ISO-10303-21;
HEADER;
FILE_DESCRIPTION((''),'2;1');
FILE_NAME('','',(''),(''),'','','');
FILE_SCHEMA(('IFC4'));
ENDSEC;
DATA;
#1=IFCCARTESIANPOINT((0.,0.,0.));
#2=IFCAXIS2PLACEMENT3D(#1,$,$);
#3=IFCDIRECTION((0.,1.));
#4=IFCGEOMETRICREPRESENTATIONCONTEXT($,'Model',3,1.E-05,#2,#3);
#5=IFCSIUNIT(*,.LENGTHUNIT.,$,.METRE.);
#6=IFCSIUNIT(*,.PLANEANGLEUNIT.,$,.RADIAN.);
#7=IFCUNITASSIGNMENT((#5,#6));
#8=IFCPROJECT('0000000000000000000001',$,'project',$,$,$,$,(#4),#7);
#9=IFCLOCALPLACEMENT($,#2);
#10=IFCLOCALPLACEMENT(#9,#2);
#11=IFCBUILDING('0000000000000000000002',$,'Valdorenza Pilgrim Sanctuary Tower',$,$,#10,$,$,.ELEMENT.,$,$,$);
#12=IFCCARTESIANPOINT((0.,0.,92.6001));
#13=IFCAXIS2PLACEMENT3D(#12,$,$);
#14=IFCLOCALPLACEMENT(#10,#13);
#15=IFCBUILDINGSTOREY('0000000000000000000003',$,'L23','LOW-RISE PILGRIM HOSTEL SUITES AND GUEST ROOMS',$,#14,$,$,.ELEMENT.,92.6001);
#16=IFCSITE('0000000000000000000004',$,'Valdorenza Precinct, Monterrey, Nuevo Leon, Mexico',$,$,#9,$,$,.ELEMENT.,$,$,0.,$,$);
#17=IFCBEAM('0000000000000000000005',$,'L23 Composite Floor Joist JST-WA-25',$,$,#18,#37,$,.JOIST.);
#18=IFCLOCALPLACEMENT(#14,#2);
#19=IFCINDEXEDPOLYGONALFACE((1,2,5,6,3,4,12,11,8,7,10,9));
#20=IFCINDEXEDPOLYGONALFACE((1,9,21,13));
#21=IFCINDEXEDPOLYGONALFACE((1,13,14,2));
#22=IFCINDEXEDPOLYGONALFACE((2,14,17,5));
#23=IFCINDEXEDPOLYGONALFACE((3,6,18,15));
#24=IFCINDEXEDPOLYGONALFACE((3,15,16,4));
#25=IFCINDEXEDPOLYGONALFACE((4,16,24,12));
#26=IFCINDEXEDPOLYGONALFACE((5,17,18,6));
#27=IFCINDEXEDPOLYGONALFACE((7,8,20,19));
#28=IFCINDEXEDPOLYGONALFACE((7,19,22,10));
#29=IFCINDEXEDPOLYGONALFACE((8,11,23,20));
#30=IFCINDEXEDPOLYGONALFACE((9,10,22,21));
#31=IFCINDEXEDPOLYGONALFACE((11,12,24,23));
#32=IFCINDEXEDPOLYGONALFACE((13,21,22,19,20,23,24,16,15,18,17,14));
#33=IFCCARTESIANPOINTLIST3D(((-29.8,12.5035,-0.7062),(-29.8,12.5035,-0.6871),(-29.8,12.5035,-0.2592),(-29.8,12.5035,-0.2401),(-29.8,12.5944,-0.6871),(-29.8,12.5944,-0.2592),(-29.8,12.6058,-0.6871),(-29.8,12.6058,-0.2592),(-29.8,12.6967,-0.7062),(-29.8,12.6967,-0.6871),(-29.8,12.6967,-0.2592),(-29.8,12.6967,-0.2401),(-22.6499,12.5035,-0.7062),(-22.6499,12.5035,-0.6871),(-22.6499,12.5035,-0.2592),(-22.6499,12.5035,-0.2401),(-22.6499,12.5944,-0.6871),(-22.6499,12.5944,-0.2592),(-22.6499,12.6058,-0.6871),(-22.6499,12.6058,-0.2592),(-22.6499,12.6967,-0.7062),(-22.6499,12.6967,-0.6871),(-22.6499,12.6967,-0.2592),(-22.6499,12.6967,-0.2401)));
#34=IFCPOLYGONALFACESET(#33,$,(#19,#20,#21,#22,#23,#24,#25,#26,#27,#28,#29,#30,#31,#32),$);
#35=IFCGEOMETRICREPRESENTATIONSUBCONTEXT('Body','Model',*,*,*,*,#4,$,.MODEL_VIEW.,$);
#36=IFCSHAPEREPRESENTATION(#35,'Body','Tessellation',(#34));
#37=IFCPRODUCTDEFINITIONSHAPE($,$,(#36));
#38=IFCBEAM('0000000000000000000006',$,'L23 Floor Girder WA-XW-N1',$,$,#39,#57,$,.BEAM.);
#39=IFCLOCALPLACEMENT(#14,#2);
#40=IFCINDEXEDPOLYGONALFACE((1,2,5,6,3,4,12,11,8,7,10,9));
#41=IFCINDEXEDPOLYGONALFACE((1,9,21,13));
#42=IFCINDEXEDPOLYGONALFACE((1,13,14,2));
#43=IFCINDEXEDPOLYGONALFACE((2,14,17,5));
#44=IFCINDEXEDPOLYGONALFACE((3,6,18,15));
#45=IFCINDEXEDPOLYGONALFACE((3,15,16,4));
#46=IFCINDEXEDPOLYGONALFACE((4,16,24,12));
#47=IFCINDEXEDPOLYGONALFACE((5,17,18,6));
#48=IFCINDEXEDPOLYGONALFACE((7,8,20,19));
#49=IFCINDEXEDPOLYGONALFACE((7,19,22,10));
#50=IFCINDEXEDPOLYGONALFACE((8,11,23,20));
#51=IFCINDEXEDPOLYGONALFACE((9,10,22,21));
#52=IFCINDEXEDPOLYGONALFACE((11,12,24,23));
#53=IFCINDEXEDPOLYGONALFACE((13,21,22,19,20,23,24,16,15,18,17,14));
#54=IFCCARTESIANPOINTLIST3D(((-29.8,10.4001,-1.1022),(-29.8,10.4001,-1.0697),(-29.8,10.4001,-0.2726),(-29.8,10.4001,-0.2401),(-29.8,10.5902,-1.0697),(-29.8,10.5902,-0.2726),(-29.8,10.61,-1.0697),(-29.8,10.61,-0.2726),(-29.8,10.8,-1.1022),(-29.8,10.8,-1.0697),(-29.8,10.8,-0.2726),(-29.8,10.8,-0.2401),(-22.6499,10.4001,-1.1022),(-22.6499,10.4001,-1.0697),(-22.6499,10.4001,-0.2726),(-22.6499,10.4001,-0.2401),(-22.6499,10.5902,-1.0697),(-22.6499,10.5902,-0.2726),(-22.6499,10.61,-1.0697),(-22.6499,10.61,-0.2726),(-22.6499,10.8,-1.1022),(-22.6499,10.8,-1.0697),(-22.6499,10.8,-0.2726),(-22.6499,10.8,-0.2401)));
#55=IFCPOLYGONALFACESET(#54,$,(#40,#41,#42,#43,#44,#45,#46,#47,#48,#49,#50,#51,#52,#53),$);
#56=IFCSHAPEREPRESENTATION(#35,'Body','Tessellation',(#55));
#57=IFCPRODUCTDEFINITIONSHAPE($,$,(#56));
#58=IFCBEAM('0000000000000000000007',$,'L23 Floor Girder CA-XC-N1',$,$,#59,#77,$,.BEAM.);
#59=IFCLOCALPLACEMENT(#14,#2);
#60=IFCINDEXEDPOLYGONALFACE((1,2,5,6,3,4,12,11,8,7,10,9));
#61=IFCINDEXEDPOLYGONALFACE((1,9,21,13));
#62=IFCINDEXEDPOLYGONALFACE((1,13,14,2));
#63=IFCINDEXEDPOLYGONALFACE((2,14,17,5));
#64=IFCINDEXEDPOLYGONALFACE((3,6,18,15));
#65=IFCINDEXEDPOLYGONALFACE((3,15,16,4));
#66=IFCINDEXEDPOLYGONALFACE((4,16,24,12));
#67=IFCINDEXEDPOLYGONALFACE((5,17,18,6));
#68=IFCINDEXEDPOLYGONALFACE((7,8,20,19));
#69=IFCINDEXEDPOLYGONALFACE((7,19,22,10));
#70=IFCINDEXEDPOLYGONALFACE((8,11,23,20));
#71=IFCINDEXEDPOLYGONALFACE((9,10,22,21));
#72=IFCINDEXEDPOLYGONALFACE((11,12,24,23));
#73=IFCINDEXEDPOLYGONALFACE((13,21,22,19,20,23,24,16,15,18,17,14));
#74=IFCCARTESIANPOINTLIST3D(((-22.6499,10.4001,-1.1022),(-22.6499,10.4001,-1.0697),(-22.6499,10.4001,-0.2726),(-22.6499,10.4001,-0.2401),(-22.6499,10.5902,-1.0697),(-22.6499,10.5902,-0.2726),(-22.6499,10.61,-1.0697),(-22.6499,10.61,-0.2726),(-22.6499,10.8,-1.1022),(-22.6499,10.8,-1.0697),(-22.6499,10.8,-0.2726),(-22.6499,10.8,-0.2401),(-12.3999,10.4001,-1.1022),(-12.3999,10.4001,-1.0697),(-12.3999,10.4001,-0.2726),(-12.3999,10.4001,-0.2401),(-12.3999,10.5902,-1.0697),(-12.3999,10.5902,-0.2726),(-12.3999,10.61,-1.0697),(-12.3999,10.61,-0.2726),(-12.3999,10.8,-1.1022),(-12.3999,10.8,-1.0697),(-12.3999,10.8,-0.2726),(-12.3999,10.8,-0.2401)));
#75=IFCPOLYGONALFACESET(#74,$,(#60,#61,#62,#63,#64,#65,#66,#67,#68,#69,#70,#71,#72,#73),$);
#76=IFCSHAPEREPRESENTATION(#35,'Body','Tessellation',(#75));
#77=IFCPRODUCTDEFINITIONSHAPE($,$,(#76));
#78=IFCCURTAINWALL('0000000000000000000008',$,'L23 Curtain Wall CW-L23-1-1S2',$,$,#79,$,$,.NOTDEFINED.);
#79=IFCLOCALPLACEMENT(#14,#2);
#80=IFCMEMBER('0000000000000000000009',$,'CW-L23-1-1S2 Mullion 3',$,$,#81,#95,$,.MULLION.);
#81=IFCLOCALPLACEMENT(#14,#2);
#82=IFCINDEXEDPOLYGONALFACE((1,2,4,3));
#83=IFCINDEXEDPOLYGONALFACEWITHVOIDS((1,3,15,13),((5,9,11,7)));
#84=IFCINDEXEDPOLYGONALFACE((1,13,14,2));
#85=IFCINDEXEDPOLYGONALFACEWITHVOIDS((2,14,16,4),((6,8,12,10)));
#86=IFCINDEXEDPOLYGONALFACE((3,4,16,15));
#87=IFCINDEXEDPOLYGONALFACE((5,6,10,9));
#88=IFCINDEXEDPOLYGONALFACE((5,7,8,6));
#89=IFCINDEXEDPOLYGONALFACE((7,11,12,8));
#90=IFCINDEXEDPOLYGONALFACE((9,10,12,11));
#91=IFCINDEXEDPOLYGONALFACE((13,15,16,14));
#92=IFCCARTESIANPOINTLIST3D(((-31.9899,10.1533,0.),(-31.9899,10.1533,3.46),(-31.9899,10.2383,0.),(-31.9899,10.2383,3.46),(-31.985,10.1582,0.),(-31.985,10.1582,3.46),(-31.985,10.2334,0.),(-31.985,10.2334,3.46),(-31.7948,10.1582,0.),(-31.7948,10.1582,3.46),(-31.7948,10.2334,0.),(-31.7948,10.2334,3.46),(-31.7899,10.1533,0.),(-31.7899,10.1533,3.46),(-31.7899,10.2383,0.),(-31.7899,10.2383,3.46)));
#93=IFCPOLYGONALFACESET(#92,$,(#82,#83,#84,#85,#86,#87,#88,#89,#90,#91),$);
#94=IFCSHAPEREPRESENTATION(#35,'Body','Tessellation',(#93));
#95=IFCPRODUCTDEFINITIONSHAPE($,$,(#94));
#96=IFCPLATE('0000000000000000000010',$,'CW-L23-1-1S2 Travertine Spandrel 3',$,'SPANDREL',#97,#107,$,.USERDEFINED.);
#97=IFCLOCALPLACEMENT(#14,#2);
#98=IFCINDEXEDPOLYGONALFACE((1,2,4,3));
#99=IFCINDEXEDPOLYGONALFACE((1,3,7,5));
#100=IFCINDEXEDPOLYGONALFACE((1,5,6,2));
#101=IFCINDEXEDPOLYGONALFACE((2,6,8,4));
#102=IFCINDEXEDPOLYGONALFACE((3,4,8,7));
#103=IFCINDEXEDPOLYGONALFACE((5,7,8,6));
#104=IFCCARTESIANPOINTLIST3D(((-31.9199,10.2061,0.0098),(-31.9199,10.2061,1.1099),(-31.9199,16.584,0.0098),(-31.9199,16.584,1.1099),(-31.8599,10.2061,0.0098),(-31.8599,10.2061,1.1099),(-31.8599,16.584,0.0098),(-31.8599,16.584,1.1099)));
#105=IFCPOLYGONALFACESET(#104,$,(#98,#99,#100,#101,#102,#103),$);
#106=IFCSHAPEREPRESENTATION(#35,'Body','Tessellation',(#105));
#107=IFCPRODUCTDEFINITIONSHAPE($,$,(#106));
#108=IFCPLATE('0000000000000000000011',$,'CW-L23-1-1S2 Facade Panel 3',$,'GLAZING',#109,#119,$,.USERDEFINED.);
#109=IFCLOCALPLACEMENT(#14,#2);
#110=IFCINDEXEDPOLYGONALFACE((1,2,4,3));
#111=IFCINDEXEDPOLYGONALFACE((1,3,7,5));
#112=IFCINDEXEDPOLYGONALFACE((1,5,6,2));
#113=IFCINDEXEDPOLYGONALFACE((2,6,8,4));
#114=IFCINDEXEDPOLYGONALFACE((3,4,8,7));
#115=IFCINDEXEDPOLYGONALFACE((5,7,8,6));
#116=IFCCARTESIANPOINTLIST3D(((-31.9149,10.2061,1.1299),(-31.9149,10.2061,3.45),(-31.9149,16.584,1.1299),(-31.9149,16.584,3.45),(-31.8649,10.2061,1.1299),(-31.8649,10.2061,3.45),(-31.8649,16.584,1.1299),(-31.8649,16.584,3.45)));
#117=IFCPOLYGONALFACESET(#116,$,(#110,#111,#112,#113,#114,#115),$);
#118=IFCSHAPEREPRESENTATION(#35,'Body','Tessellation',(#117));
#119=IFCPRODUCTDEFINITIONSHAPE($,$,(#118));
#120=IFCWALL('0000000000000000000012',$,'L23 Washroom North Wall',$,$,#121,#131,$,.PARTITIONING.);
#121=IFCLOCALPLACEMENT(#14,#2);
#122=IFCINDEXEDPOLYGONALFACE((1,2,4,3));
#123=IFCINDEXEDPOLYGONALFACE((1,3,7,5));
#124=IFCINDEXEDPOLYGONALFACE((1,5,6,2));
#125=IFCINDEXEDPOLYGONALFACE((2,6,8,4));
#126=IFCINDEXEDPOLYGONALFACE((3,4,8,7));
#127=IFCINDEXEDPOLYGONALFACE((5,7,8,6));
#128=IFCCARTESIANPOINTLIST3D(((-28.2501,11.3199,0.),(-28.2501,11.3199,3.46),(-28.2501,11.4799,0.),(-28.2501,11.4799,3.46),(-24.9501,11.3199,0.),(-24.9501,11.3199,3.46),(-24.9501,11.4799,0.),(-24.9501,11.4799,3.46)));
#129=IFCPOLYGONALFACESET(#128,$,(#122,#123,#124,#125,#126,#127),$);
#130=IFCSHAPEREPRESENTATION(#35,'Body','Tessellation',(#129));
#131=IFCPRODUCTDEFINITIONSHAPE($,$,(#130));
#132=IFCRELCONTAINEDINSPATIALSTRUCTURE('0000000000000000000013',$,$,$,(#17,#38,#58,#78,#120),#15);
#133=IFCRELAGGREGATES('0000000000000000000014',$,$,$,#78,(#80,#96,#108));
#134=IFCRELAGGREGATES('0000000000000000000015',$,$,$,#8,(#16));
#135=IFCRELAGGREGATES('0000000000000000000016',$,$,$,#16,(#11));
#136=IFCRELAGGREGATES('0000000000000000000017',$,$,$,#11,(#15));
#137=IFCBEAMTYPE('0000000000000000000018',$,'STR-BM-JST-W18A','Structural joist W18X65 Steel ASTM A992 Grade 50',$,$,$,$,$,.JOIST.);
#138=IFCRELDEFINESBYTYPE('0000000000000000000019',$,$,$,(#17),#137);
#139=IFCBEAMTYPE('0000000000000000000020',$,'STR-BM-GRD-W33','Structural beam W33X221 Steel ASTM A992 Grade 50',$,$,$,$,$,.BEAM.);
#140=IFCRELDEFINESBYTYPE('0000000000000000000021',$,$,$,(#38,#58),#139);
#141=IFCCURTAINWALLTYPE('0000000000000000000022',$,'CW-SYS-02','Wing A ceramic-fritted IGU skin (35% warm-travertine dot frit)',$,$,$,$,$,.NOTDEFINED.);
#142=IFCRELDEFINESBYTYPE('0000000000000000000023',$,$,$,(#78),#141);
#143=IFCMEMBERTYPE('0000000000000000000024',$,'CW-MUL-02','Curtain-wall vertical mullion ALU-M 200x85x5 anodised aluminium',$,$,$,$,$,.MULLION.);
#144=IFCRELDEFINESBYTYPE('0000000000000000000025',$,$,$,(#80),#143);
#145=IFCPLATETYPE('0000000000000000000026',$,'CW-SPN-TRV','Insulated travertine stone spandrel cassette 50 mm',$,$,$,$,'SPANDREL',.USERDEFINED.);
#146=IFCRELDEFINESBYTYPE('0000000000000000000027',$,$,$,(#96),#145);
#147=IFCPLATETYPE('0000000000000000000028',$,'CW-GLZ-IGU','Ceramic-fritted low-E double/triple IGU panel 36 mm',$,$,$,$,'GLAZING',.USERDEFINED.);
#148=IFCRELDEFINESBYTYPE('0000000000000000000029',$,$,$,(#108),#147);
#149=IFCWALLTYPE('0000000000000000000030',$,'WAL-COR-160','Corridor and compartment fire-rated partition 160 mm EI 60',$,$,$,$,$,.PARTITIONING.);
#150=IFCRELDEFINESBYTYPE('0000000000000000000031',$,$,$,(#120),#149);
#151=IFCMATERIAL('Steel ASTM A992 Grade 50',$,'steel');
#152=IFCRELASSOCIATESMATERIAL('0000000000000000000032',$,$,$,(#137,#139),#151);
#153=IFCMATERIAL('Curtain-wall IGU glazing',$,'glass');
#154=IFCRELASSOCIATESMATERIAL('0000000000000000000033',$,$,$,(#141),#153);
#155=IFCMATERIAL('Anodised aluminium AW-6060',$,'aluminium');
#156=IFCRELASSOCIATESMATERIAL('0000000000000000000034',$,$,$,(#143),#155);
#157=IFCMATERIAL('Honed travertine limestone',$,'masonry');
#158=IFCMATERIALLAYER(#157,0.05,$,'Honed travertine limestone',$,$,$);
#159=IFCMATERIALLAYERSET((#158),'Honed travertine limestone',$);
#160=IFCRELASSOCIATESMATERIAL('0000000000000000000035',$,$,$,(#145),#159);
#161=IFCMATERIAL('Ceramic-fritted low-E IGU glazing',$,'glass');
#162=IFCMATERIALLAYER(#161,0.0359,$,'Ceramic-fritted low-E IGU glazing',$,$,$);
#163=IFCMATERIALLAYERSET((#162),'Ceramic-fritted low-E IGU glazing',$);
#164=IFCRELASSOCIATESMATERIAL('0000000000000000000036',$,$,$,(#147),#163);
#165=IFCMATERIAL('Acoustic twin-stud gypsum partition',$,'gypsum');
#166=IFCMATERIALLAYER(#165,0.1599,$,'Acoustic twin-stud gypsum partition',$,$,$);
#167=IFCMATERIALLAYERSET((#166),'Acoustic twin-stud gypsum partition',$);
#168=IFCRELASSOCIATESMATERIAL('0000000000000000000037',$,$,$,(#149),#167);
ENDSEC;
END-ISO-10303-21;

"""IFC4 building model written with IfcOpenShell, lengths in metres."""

from ifc_helpers import new_model, si_unit, direction, frame, frame_2d, origin, origin_2d, place, context, subcontext, project, spatial, rectangle, hollow_rectangle, i_section, extrude, source, transform, mapped, material, layer, layer_set, material_profile, profile_set, type_object, element, aggregate, save


model = new_model("IFC4")

# Units and contexts
model_context = context("Model", 3, precision=1e-05, world=origin(), true_north=direction((0.0, 1.0)))
body_context = subcontext(model_context, "Body", "Model", "MODEL_VIEW")
ifc_project = project(units=[si_unit("LENGTHUNIT", "METRE"), si_unit("PLANEANGLEUNIT", "RADIAN")], contexts=[model_context])

# Site, building, storey
site_placement = place(None, origin())
site = spatial("IfcSite", under=ifc_project, at=site_placement, Name="Valdorenza Precinct, Monterrey, Nuevo Leon, Mexico", CompositionType="ELEMENT", RefElevation=0.0)
building_placement = place(site_placement, origin())
building = spatial("IfcBuilding", under=site, at=building_placement, Name="Valdorenza Pilgrim Sanctuary Tower", CompositionType="ELEMENT")
storey_placement = place(building_placement, frame((0.0, 0.0, 92.6001)))
storey = spatial("IfcBuildingStorey", under=building, at=storey_placement, Name="L23", Description="LOW-RISE PILGRIM HOSTEL SUITES AND GUEST ROOMS", CompositionType="ELEMENT", Elevation=92.6001)

# Beams
ifc_material_1 = material(Name="Steel ASTM A992 Grade 50", Category="steel")
ifc_material_profile_1 = material_profile(ifc_material_1, i_section(OverallWidth=0.1931, OverallDepth=0.4661, WebThickness=0.0115, FlangeThickness=0.019, at=origin_2d()), Name="W18X65")
ifc_profile_set_1 = profile_set([ifc_material_profile_1], Name="Steel ASTM A992 Grade 50")
beam_type_1 = type_object("IfcBeamType", Name="STR-BM-JST-W18A", Description="Structural joist W18X65 Steel ASTM A992 Grade 50", PredefinedType="JOIST", material=ifc_profile_set_1)
shared_shape_1 = source(origin(), body_context, "Body", "SweptSolid", [
    extrude(i_section(OverallWidth=0.1931, OverallDepth=0.4661, WebThickness=0.0115, FlangeThickness=0.019, at=origin_2d()), origin(), (0.0, 0.0, 1.0), 7.1501),
])
for number, where, z_axis, x_axis, name in (
    (1, (-29.8, 12.6001, -0.4731), (1.0, 0.0, 0.0), (0.0, 1.0, 0.0), "L23 Composite Floor Joist JST-WA-25"),
):
    element("IfcBeam", number, at=place(storey_placement, frame(where, z_axis=z_axis, x_axis=x_axis)), inside=storey, type_object=beam_type_1, Name=name, PredefinedType="JOIST", context=body_context, shape_type="MappedRepresentation", body=[
        mapped(shared_shape_1, transform((0.0, 0.0, 0.0), x_axis=(1.0, 0.0, 0.0), y_axis=(0.0, 1.0, 0.0), z_axis=(0.0, 0.0, 1.0), scale=1.0)),
    ])
ifc_material_profile_2 = material_profile(ifc_material_1, i_section(OverallWidth=0.3999, OverallDepth=0.8621, WebThickness=0.0198, FlangeThickness=0.0325, at=origin_2d()), Name="W33X221")
ifc_profile_set_2 = profile_set([ifc_material_profile_2], Name="Steel ASTM A992 Grade 50")
beam_type_2 = type_object("IfcBeamType", Name="STR-BM-GRD-W33", Description="Structural beam W33X221 Steel ASTM A992 Grade 50", PredefinedType="BEAM", material=ifc_profile_set_2)
shared_shape_2 = source(origin(), body_context, "Body", "SweptSolid", [
    extrude(i_section(OverallWidth=0.3999, OverallDepth=0.8621, WebThickness=0.0198, FlangeThickness=0.0325, at=origin_2d()), origin(), (0.0, 0.0, 1.0), 7.1501),
])
beam_1_placement = place(storey_placement, frame((-29.8, 10.6001, -0.6711), z_axis=(1.0, 0.0, 0.0), x_axis=(0.0, 1.0, 0.0)))
element("IfcBeam", 2, at=beam_1_placement, inside=storey, type_object=beam_type_2, Name="L23 Floor Girder WA-XW-N1", PredefinedType="BEAM", context=body_context, shape_type="MappedRepresentation", body=[
    mapped(shared_shape_2, transform((0.0, 0.0, 0.0), x_axis=(1.0, 0.0, 0.0), y_axis=(0.0, 1.0, 0.0), z_axis=(0.0, 0.0, 1.0), scale=1.0)),
])
shared_shape_3 = source(origin(), body_context, "Body", "SweptSolid", [
    extrude(i_section(OverallWidth=0.3999, OverallDepth=0.8621, WebThickness=0.0198, FlangeThickness=0.0325, at=origin_2d()), origin(), (0.0, 0.0, 1.0), 10.25),
])
beam_2_placement = place(storey_placement, frame((-22.6499, 10.6001, -0.6711), z_axis=(1.0, 0.0, 0.0), x_axis=(0.0, 1.0, 0.0)))
element("IfcBeam", 3, at=beam_2_placement, inside=storey, type_object=beam_type_2, Name="L23 Floor Girder CA-XC-N1", PredefinedType="BEAM", context=body_context, shape_type="MappedRepresentation", body=[
    mapped(shared_shape_3, transform((0.0, 0.0, 0.0), x_axis=(1.0, 0.0, 0.0), y_axis=(0.0, 1.0, 0.0), z_axis=(0.0, 0.0, 1.0), scale=1.0)),
])

# Curtain wall, member, plates
ifc_material_2 = material(Name="Curtain-wall IGU glazing", Category="glass")
curtain_wall_type = type_object("IfcCurtainWallType", Name="CW-SYS-02", Description="Wing A ceramic-fritted IGU skin (35% warm-travertine dot frit)", PredefinedType="NOTDEFINED", material=ifc_material_2)
curtain_wall_placement = place(storey_placement, origin())
curtain_wall = element("IfcCurtainWall", 4, at=curtain_wall_placement, inside=storey, type_object=curtain_wall_type, Name="L23 Curtain Wall CW-L23-1-1S2", PredefinedType="NOTDEFINED")
ifc_material_3 = material(Name="Anodised aluminium AW-6060", Category="aluminium")
ifc_material_profile_3 = material_profile(ifc_material_3, hollow_rectangle(XDim=0.085, YDim=0.2, WallThickness=0.0049, at=origin_2d()), Name="ALU-M 200x85x5")
ifc_profile_set_3 = profile_set([ifc_material_profile_3], Name="Anodised aluminium AW-6060")
member_type = type_object("IfcMemberType", Name="CW-MUL-02", Description="Curtain-wall vertical mullion ALU-M 200x85x5 anodised aluminium", PredefinedType="MULLION", material=ifc_profile_set_3)
shared_shape_4 = source(origin(), body_context, "Body", "SweptSolid", [
    extrude(hollow_rectangle(XDim=0.085, YDim=0.2, WallThickness=0.0049, at=origin_2d()), origin(), (0.0, 0.0, 1.0), 3.46),
])
member_placement = place(storey_placement, frame((-31.8899, 10.1958, 0.0), z_axis=(0.0, 0.0, 1.0), x_axis=(0.0, 1.0, 0.0)))
member = element("IfcMember", 5, at=member_placement, type_object=member_type, Name="CW-L23-1-1S2 Mullion 3", PredefinedType="MULLION", context=body_context, shape_type="MappedRepresentation", body=[
    mapped(shared_shape_4, transform((0.0, 0.0, 0.0), x_axis=(1.0, 0.0, 0.0), y_axis=(0.0, 1.0, 0.0), z_axis=(0.0, 0.0, 1.0), scale=1.0)),
])
ifc_material_4 = material(Name="Honed travertine limestone", Category="masonry")
ifc_layer_1 = layer(ifc_material_4, 0.05, Name="Honed travertine limestone")
ifc_layer_set_1 = layer_set([ifc_layer_1], Name="Honed travertine limestone")
plate_type_1 = type_object("IfcPlateType", Name="CW-SPN-TRV", Description="Insulated travertine stone spandrel cassette 50 mm", ElementType="SPANDREL", PredefinedType="USERDEFINED", material=ifc_layer_set_1)
shared_shape_5 = source(origin(), body_context, "Body", "SweptSolid", [
    extrude(rectangle(XDim=6.3779, YDim=0.0601, at=origin_2d()), origin(), (0.0, 0.0, 1.0), 1.1001),
])
plate_1_placement = place(storey_placement, frame((-31.8899, 13.395, 0.0098), z_axis=(0.0, 0.0, 1.0), x_axis=(0.0, 1.0, 0.0)))
plate_1 = element("IfcPlate", 6, at=plate_1_placement, type_object=plate_type_1, Name="CW-L23-1-1S2 Travertine Spandrel 3", ObjectType="SPANDREL", PredefinedType="USERDEFINED", context=body_context, shape_type="MappedRepresentation", body=[
    mapped(shared_shape_5, transform((0.0, 0.0, 0.0), x_axis=(1.0, 0.0, 0.0), y_axis=(0.0, 1.0, 0.0), z_axis=(0.0, 0.0, 1.0), scale=1.0)),
])
ifc_material_5 = material(Name="Ceramic-fritted low-E IGU glazing", Category="glass")
ifc_layer_2 = layer(ifc_material_5, 0.0359, Name="Ceramic-fritted low-E IGU glazing")
ifc_layer_set_2 = layer_set([ifc_layer_2], Name="Ceramic-fritted low-E IGU glazing")
plate_type_2 = type_object("IfcPlateType", Name="CW-GLZ-IGU", Description="Ceramic-fritted low-E double/triple IGU panel 36 mm", ElementType="GLAZING", PredefinedType="USERDEFINED", material=ifc_layer_set_2)
shared_shape_6 = source(origin(), body_context, "Body", "SweptSolid", [
    extrude(rectangle(XDim=6.3779, YDim=0.05, at=origin_2d()), origin(), (0.0, 0.0, 1.0), 2.3201),
])
plate_2_placement = place(storey_placement, frame((-31.8899, 13.395, 1.1299), z_axis=(0.0, 0.0, 1.0), x_axis=(0.0, 1.0, 0.0)))
plate_2 = element("IfcPlate", 7, at=plate_2_placement, type_object=plate_type_2, Name="CW-L23-1-1S2 Facade Panel 3", ObjectType="GLAZING", PredefinedType="USERDEFINED", context=body_context, shape_type="MappedRepresentation", body=[
    mapped(shared_shape_6, transform((0.0, 0.0, 0.0), x_axis=(1.0, 0.0, 0.0), y_axis=(0.0, 1.0, 0.0), z_axis=(0.0, 0.0, 1.0), scale=1.0)),
])
aggregate(curtain_wall, [member, plate_1, plate_2])

# Wall
ifc_material_6 = material(Name="Acoustic twin-stud gypsum partition", Category="gypsum")
ifc_layer_3 = layer(ifc_material_6, 0.1599, Name="Acoustic twin-stud gypsum partition")
ifc_layer_set_3 = layer_set([ifc_layer_3], Name="Acoustic twin-stud gypsum partition")
wall_type_1 = type_object("IfcWallType", Name="WAL-COR-160", Description="Corridor and compartment fire-rated partition 160 mm EI 60", PredefinedType="PARTITIONING", material=ifc_layer_set_3)
wall_1_placement = place(storey_placement, frame((-28.25, 11.3999, 0.0), z_axis=(0.0, 0.0, 1.0), x_axis=(1.0, 0.0, 0.0)))
element("IfcWall", 8, at=wall_1_placement, inside=storey, type_object=wall_type_1, Name="L23 Washroom North Wall", PredefinedType="PARTITIONING", context=body_context, shape_type="SweptSolid", body=[
    extrude(rectangle(XDim=3.3, YDim=0.1599, at=frame_2d((1.6499, 0.0))), origin(), (0.0, 0.0, 1.0), 3.46),
])

save(model, "model.ifc")
